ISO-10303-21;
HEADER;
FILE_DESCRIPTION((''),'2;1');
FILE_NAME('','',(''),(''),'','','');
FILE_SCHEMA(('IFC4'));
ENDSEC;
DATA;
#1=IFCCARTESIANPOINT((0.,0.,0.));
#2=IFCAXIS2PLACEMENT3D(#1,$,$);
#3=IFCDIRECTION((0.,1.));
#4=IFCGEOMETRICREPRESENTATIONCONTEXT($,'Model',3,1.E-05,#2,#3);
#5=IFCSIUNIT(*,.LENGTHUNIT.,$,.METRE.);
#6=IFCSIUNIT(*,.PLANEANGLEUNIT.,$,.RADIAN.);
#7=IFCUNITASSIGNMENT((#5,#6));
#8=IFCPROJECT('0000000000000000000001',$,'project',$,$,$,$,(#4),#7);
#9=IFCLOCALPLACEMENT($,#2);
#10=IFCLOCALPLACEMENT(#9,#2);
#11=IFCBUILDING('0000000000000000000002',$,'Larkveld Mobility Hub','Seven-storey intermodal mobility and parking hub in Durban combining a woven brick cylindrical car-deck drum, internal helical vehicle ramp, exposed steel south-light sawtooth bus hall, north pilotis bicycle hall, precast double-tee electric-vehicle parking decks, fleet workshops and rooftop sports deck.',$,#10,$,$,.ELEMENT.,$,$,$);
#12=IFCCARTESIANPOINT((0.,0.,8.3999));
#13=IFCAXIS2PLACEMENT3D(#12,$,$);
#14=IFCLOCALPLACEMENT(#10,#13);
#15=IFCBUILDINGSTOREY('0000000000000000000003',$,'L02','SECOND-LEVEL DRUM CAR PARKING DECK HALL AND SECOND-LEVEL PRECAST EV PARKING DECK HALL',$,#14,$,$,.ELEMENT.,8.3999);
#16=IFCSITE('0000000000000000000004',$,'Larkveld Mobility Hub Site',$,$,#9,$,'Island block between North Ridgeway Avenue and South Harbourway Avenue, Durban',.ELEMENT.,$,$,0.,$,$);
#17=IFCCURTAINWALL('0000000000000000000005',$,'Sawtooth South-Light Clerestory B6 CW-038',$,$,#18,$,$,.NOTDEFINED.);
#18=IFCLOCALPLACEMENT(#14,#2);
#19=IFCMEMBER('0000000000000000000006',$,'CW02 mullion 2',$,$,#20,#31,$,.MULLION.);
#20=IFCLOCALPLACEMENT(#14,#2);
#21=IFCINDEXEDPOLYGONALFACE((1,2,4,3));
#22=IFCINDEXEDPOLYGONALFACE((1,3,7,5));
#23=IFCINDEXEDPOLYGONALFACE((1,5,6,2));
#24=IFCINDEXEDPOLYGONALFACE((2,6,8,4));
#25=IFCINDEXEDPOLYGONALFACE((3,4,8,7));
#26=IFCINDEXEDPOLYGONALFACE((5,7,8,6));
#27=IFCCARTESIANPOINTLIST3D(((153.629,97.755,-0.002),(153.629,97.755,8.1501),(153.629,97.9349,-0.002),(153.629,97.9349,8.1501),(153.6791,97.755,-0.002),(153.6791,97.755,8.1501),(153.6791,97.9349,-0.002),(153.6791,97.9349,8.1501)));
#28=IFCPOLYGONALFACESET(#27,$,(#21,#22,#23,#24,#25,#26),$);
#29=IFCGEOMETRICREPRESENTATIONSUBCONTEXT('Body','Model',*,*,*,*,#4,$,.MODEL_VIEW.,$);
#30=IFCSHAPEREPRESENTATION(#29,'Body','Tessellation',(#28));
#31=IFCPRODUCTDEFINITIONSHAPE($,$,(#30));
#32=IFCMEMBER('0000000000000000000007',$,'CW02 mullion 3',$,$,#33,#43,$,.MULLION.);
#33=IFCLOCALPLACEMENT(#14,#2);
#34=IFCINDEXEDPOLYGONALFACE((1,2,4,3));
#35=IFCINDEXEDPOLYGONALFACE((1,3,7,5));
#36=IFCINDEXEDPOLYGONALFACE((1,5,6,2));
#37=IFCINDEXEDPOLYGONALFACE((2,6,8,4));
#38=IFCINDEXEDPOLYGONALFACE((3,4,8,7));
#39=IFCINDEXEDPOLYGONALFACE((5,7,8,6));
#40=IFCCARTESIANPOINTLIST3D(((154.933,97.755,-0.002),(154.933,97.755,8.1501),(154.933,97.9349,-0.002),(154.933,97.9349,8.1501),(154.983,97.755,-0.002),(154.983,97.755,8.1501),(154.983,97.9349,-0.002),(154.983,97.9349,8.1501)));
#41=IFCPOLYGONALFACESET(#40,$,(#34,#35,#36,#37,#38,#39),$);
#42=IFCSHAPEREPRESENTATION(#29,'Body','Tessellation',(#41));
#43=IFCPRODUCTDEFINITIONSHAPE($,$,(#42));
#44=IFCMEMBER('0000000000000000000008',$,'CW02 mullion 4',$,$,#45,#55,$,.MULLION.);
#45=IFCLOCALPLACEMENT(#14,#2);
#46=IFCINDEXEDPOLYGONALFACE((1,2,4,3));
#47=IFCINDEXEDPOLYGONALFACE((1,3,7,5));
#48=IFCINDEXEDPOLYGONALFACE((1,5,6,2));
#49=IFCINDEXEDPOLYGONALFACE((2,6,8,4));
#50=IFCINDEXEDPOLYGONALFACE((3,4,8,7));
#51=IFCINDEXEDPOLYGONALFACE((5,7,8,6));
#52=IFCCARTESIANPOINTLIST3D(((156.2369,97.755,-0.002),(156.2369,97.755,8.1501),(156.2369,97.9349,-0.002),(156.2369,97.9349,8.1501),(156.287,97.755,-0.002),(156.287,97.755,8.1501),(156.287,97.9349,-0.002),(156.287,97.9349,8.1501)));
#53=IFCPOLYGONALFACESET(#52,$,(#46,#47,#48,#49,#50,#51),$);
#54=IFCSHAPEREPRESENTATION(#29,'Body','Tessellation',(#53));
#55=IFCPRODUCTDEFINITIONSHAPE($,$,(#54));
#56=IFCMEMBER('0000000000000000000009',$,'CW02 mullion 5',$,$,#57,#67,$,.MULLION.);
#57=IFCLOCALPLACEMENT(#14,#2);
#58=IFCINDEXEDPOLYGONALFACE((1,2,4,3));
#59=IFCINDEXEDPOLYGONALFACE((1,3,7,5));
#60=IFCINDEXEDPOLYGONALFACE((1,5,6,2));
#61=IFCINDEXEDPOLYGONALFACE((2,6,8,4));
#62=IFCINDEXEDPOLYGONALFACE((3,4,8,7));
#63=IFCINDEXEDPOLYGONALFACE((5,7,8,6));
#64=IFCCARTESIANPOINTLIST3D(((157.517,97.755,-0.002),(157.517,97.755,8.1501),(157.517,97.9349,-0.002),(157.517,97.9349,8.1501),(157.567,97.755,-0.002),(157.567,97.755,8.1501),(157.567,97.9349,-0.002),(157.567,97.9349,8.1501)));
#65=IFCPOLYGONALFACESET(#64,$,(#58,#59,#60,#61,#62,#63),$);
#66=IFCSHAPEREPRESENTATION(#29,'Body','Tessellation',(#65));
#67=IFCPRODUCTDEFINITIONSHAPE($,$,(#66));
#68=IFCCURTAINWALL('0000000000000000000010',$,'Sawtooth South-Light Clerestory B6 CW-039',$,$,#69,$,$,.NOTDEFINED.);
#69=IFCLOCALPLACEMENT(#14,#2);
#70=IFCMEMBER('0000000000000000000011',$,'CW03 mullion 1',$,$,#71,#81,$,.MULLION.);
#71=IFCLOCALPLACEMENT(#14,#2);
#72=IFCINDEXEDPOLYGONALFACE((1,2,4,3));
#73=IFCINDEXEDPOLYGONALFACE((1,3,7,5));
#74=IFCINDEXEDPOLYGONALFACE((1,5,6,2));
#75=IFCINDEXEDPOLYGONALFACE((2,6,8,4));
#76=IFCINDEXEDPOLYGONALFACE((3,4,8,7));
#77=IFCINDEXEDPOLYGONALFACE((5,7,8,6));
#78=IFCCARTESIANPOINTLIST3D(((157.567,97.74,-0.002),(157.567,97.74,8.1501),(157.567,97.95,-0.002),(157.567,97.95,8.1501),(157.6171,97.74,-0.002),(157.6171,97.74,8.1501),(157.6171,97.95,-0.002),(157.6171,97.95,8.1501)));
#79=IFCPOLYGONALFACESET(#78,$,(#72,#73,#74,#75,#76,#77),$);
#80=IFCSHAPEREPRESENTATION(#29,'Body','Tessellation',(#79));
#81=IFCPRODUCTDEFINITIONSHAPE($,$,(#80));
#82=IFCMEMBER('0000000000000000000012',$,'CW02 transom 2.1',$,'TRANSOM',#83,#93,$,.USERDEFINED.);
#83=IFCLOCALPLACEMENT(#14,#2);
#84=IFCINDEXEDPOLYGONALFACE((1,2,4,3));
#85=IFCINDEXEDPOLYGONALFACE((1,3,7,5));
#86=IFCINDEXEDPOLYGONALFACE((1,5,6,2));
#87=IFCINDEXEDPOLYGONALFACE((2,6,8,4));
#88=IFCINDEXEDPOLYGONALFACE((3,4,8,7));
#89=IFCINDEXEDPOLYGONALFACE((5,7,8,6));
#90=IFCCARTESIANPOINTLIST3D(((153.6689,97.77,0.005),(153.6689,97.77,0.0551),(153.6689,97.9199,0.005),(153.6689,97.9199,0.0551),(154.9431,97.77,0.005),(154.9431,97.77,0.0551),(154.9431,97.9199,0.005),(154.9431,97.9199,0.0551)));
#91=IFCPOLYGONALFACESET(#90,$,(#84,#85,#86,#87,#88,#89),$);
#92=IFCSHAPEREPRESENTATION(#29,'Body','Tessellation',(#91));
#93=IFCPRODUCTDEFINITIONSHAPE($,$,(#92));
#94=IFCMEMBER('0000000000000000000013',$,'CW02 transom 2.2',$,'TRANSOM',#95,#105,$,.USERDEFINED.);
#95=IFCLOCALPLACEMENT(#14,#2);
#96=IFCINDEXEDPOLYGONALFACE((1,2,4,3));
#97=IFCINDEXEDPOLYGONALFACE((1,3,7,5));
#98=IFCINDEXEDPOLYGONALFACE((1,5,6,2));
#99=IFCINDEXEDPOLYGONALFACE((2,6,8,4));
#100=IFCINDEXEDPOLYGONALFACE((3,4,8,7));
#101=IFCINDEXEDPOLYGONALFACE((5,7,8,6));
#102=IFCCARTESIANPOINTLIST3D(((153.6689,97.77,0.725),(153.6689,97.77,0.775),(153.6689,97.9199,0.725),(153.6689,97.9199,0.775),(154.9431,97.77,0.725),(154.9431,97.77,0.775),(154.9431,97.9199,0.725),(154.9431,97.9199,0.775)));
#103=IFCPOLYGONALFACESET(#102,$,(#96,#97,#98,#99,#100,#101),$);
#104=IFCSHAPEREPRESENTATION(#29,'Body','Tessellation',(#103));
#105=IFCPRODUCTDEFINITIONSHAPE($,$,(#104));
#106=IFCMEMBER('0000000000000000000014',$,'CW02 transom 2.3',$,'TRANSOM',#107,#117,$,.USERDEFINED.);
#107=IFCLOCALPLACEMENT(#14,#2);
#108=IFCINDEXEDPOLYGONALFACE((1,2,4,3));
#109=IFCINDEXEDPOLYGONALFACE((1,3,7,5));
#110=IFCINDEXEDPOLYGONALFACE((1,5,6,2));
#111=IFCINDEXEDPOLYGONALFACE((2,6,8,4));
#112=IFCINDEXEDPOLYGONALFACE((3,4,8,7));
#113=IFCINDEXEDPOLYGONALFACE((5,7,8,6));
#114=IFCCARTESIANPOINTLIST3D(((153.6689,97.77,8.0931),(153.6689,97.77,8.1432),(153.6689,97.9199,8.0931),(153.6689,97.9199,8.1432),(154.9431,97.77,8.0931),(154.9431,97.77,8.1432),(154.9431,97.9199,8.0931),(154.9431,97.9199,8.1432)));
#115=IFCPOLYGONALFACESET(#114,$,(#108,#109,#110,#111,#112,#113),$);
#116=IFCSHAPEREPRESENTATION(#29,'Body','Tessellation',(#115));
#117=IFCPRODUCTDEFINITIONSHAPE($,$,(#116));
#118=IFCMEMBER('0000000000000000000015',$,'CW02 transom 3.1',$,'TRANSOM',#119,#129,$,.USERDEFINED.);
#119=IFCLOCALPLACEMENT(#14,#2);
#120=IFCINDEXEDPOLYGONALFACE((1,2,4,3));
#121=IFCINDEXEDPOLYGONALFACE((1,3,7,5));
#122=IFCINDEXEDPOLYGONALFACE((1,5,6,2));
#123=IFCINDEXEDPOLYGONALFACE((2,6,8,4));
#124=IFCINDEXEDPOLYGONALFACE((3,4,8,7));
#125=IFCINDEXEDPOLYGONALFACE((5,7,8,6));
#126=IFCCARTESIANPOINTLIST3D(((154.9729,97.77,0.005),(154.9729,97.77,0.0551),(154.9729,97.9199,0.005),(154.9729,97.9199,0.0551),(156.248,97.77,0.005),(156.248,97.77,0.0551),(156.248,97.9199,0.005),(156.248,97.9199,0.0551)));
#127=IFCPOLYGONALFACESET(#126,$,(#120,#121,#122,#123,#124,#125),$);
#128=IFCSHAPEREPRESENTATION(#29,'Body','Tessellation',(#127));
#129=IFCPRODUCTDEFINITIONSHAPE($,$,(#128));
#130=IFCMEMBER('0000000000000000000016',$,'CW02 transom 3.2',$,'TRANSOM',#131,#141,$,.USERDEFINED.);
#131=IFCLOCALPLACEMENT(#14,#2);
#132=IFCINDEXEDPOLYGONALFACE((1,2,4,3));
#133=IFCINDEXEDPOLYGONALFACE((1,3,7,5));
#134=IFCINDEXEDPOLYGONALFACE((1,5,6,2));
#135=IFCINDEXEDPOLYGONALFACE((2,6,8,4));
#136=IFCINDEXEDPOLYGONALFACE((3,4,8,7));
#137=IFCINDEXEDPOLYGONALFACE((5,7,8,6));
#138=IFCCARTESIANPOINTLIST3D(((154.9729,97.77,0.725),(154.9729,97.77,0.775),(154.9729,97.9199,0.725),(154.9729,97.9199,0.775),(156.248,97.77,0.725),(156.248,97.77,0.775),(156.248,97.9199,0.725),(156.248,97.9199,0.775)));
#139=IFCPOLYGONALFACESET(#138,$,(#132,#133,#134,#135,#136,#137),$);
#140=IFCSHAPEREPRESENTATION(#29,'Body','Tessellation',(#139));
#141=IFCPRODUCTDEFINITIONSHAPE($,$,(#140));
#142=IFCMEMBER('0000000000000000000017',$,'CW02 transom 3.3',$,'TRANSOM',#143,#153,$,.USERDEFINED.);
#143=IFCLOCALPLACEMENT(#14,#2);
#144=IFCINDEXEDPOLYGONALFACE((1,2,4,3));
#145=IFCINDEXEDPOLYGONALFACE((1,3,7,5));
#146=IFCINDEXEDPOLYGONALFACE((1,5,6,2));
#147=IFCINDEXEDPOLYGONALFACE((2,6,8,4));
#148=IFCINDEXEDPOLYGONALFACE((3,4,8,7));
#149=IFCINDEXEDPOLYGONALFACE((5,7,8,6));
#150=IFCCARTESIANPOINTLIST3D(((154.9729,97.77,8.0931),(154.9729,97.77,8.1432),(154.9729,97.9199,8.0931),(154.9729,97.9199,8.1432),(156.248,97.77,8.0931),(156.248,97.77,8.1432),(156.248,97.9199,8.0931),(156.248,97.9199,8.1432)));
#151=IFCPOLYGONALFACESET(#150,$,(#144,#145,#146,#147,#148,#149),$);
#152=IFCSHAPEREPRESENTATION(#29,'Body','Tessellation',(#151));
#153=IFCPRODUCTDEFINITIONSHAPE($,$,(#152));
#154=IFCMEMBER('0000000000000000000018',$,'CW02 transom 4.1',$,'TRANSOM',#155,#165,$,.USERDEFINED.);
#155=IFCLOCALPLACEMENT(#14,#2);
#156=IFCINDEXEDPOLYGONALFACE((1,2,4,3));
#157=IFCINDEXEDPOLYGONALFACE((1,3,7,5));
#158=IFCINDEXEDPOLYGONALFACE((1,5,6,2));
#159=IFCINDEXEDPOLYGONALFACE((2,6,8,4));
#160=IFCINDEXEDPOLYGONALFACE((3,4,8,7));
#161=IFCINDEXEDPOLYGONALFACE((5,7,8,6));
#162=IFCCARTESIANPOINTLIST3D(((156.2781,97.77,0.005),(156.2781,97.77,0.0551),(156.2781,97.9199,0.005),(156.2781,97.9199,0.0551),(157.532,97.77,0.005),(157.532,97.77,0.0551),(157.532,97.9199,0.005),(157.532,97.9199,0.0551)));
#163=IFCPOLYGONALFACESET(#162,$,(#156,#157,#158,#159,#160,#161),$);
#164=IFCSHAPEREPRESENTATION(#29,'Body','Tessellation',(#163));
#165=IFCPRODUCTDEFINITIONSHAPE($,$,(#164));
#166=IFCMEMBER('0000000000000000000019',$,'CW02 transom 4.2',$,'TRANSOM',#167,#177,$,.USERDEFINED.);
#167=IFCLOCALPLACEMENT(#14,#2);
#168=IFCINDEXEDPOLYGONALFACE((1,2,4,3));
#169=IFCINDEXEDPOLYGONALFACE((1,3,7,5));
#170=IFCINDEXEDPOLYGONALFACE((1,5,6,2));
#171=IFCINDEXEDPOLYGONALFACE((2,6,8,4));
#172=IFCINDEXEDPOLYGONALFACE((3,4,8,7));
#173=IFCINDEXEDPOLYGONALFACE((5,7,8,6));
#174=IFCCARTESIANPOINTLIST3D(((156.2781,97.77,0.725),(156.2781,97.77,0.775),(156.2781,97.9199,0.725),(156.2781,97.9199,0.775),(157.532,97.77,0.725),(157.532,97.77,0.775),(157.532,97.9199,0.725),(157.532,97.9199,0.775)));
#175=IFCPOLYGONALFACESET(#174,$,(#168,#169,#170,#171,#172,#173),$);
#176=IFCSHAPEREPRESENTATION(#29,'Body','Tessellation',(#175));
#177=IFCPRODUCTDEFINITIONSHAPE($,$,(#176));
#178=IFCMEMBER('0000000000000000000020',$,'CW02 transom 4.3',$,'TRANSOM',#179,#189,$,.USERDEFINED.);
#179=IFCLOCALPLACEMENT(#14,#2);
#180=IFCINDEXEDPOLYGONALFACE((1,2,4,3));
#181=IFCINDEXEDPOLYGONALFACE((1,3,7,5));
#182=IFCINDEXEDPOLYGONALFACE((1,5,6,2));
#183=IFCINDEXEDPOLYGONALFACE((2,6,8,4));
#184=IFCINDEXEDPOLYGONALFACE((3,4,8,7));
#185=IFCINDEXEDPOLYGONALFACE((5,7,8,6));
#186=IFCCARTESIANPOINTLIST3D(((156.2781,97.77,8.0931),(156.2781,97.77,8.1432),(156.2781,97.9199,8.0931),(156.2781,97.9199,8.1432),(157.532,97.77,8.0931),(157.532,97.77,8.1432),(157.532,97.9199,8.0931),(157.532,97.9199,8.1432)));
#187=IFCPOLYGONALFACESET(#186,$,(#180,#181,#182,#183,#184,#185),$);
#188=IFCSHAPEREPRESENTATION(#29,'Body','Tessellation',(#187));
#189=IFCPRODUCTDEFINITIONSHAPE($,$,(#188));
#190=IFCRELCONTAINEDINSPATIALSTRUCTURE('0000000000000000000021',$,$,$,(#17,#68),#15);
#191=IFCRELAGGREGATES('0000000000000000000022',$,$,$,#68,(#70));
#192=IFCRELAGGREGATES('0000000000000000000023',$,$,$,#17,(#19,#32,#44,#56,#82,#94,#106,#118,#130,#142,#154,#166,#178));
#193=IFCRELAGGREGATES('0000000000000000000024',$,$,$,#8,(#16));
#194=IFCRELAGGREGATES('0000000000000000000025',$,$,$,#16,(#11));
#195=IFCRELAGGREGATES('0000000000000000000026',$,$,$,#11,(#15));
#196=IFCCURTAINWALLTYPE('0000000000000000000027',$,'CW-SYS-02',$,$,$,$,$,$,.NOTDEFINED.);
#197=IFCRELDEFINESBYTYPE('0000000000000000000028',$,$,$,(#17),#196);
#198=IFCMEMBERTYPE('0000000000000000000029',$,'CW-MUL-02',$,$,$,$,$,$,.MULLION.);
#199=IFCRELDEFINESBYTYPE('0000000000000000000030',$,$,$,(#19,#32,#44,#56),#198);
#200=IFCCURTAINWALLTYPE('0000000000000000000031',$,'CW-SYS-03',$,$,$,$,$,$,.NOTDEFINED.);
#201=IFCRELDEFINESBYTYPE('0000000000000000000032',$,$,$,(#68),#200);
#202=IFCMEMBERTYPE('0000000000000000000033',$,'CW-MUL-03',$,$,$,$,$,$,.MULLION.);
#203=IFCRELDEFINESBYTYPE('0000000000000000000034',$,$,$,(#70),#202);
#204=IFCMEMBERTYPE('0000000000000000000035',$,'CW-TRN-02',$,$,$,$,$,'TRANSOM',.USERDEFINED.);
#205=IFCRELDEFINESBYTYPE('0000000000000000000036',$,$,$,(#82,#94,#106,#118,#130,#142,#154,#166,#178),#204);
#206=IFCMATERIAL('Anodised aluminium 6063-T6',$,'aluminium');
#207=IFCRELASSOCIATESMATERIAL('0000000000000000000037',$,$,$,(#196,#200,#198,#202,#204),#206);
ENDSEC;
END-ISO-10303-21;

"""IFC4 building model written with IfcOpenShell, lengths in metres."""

from ifc_helpers import new_model, si_unit, direction, frame, origin, origin_2d, place, context, subcontext, project, spatial, rectangle, extrude, material, material_profile, profile_set, type_object, element, aggregate, save


model = new_model("IFC4")

# Units and contexts
model_context = context("Model", 3, precision=1e-05, world=origin(), true_north=direction((0.0, 1.0)))
body_context = subcontext(model_context, "Body", "Model", "MODEL_VIEW")
ifc_project = project(units=[si_unit("LENGTHUNIT", "METRE"), si_unit("PLANEANGLEUNIT", "RADIAN")], contexts=[model_context])

# Site, building, storey
site_placement = place(None, origin())
site = spatial("IfcSite", under=ifc_project, at=site_placement, Name="Larkveld Mobility Hub Site", LongName="Island block between North Ridgeway Avenue and South Harbourway Avenue, Durban", CompositionType="ELEMENT", RefElevation=0.0)
building_placement = place(site_placement, origin())
building = spatial("IfcBuilding", under=site, at=building_placement, Name="Larkveld Mobility Hub", Description="Seven-storey intermodal mobility and parking hub in Durban combining a woven brick cylindrical car-deck drum, internal helical vehicle ramp, exposed steel south-light sawtooth bus hall, north pilotis bicycle hall, precast double-tee electric-vehicle parking decks, fleet workshops and rooftop sports deck.", CompositionType="ELEMENT")
storey_placement = place(building_placement, frame((0.0, 0.0, 8.3999)))
storey = spatial("IfcBuildingStorey", under=building, at=storey_placement, Name="L02", Description="SECOND-LEVEL DRUM CAR PARKING DECK HALL AND SECOND-LEVEL PRECAST EV PARKING DECK HALL", CompositionType="ELEMENT", Elevation=8.3999)

# Curtain wall, members
ifc_material_1 = material(Name="Anodised aluminium 6063-T6", Category="aluminium")
curtain_wall_type_1 = type_object("IfcCurtainWallType", Name="CW-SYS-02", PredefinedType="NOTDEFINED", material=ifc_material_1)
curtain_wall_1_placement = place(storey_placement, origin())
curtain_wall_1 = element("IfcCurtainWall", 1, at=curtain_wall_1_placement, inside=storey, type_object=curtain_wall_type_1, Name="Sawtooth South-Light Clerestory B6 CW-038", PredefinedType="NOTDEFINED")
ifc_material_profile_1 = material_profile(ifc_material_1, rectangle(XDim=0.05, YDim=0.1799, at=origin_2d()), Name="ALU MULL 50x180")
ifc_profile_set_1 = profile_set([ifc_material_profile_1], Name="Anodised aluminium 6063-T6")
member_type_1 = type_object("IfcMemberType", Name="CW-MUL-02", PredefinedType="MULLION", material=ifc_profile_set_1)
member_1_placement = place(storey_placement, frame((153.6541, 97.845, -0.002), z_axis=(0.0, 0.0, 1.0), x_axis=(1.0, 0.0, 0.0)))
member_1 = element("IfcMember", 2, at=member_1_placement, type_object=member_type_1, Name="CW02 mullion 2", PredefinedType="MULLION", context=body_context, shape_type="SweptSolid", body=[
    extrude(rectangle(XDim=0.05, YDim=0.1799, at=origin_2d()), origin(), (0.0, 0.0, 1.0), 8.1521),
])
member_2_placement = place(storey_placement, frame((154.958, 97.845, -0.002), z_axis=(0.0, 0.0, 1.0), x_axis=(1.0, 0.0, 0.0)))
member_2 = element("IfcMember", 3, at=member_2_placement, type_object=member_type_1, Name="CW02 mullion 3", PredefinedType="MULLION", context=body_context, shape_type="SweptSolid", body=[
    extrude(rectangle(XDim=0.05, YDim=0.1799, at=origin_2d()), origin(), (0.0, 0.0, 1.0), 8.1521),
])
member_3_placement = place(storey_placement, frame((156.262, 97.845, -0.002), z_axis=(0.0, 0.0, 1.0), x_axis=(1.0, 0.0, 0.0)))
member_3 = element("IfcMember", 4, at=member_3_placement, type_object=member_type_1, Name="CW02 mullion 4", PredefinedType="MULLION", context=body_context, shape_type="SweptSolid", body=[
    extrude(rectangle(XDim=0.05, YDim=0.1799, at=origin_2d()), origin(), (0.0, 0.0, 1.0), 8.1521),
])
member_4_placement = place(storey_placement, frame((157.542, 97.845, -0.002), z_axis=(0.0, 0.0, 1.0), x_axis=(1.0, 0.0, 0.0)))
member_4 = element("IfcMember", 5, at=member_4_placement, type_object=member_type_1, Name="CW02 mullion 5", PredefinedType="MULLION", context=body_context, shape_type="SweptSolid", body=[
    extrude(rectangle(XDim=0.05, YDim=0.1799, at=origin_2d()), origin(), (0.0, 0.0, 1.0), 8.1521),
])

# Curtain wall, member
curtain_wall_type_2 = type_object("IfcCurtainWallType", Name="CW-SYS-03", PredefinedType="NOTDEFINED", material=ifc_material_1)
curtain_wall_2_placement = place(storey_placement, origin())
curtain_wall_2 = element("IfcCurtainWall", 6, at=curtain_wall_2_placement, inside=storey, type_object=curtain_wall_type_2, Name="Sawtooth South-Light Clerestory B6 CW-039", PredefinedType="NOTDEFINED")
ifc_material_profile_2 = material_profile(ifc_material_1, rectangle(XDim=0.05, YDim=0.21, at=origin_2d()), Name="ALU MULL 50x210")
ifc_profile_set_2 = profile_set([ifc_material_profile_2], Name="Anodised aluminium 6063-T6")
member_type_2 = type_object("IfcMemberType", Name="CW-MUL-03", PredefinedType="MULLION", material=ifc_profile_set_2)
member_5_placement = place(storey_placement, frame((157.592, 97.845, -0.002), z_axis=(0.0, 0.0, 1.0), x_axis=(1.0, 0.0, 0.0)))
member_5 = element("IfcMember", 7, at=member_5_placement, type_object=member_type_2, Name="CW03 mullion 1", PredefinedType="MULLION", context=body_context, shape_type="SweptSolid", body=[
    extrude(rectangle(XDim=0.05, YDim=0.21, at=origin_2d()), origin(), (0.0, 0.0, 1.0), 8.1521),
])

# Members
ifc_material_profile_3 = material_profile(ifc_material_1, rectangle(XDim=0.1499, YDim=0.05, at=origin_2d()), Name="ALU TRAN 50x150")
ifc_profile_set_3 = profile_set([ifc_material_profile_3], Name="Anodised aluminium 6063-T6")
member_type_3 = type_object("IfcMemberType", Name="CW-TRN-02", ElementType="TRANSOM", PredefinedType="USERDEFINED", material=ifc_profile_set_3)
member_6_placement = place(storey_placement, frame((153.6689, 97.845, 0.03), z_axis=(1.0, 0.0, 0.0), x_axis=(0.0, 1.0, 0.0)))
member_6 = element("IfcMember", 8, at=member_6_placement, type_object=member_type_3, Name="CW02 transom 2.1", ObjectType="TRANSOM", PredefinedType="USERDEFINED", context=body_context, shape_type="SweptSolid", body=[
    extrude(rectangle(XDim=0.1499, YDim=0.05, at=origin_2d()), origin(), (0.0, 0.0, 1.0), 1.2742),
])
member_7_placement = place(storey_placement, frame((153.6689, 97.845, 0.75), z_axis=(1.0, 0.0, 0.0), x_axis=(0.0, 1.0, 0.0)))
member_7 = element("IfcMember", 9, at=member_7_placement, type_object=member_type_3, Name="CW02 transom 2.2", ObjectType="TRANSOM", PredefinedType="USERDEFINED", context=body_context, shape_type="SweptSolid", body=[
    extrude(rectangle(XDim=0.1499, YDim=0.05, at=origin_2d()), origin(), (0.0, 0.0, 1.0), 1.2742),
])
member_8_placement = place(storey_placement, frame((153.6689, 97.845, 8.1182), z_axis=(1.0, 0.0, 0.0), x_axis=(0.0, 1.0, 0.0)))
member_8 = element("IfcMember", 10, at=member_8_placement, type_object=member_type_3, Name="CW02 transom 2.3", ObjectType="TRANSOM", PredefinedType="USERDEFINED", context=body_context, shape_type="SweptSolid", body=[
    extrude(rectangle(XDim=0.1499, YDim=0.05, at=origin_2d()), origin(), (0.0, 0.0, 1.0), 1.2742),
])
member_9_placement = place(storey_placement, frame((154.9729, 97.845, 0.03), z_axis=(1.0, 0.0, 0.0), x_axis=(0.0, 1.0, 0.0)))
member_9 = element("IfcMember", 11, at=member_9_placement, type_object=member_type_3, Name="CW02 transom 3.1", ObjectType="TRANSOM", PredefinedType="USERDEFINED", context=body_context, shape_type="SweptSolid", body=[
    extrude(rectangle(XDim=0.1499, YDim=0.05, at=origin_2d()), origin(), (0.0, 0.0, 1.0), 1.2751),
])
member_10_placement = place(storey_placement, frame((154.9729, 97.845, 0.75), z_axis=(1.0, 0.0, 0.0), x_axis=(0.0, 1.0, 0.0)))
member_10 = element("IfcMember", 12, at=member_10_placement, type_object=member_type_3, Name="CW02 transom 3.2", ObjectType="TRANSOM", PredefinedType="USERDEFINED", context=body_context, shape_type="SweptSolid", body=[
    extrude(rectangle(XDim=0.1499, YDim=0.05, at=origin_2d()), origin(), (0.0, 0.0, 1.0), 1.2751),
])
member_11_placement = place(storey_placement, frame((154.9729, 97.845, 8.1182), z_axis=(1.0, 0.0, 0.0), x_axis=(0.0, 1.0, 0.0)))
member_11 = element("IfcMember", 13, at=member_11_placement, type_object=member_type_3, Name="CW02 transom 3.3", ObjectType="TRANSOM", PredefinedType="USERDEFINED", context=body_context, shape_type="SweptSolid", body=[
    extrude(rectangle(XDim=0.1499, YDim=0.05, at=origin_2d()), origin(), (0.0, 0.0, 1.0), 1.2751),
])
member_12_placement = place(storey_placement, frame((156.2781, 97.845, 0.03), z_axis=(1.0, 0.0, 0.0), x_axis=(0.0, 1.0, 0.0)))
member_12 = element("IfcMember", 14, at=member_12_placement, type_object=member_type_3, Name="CW02 transom 4.1", ObjectType="TRANSOM", PredefinedType="USERDEFINED", context=body_context, shape_type="SweptSolid", body=[
    extrude(rectangle(XDim=0.1499, YDim=0.05, at=origin_2d()), origin(), (0.0, 0.0, 1.0), 1.2539),
])
member_13_placement = place(storey_placement, frame((156.2781, 97.845, 0.75), z_axis=(1.0, 0.0, 0.0), x_axis=(0.0, 1.0, 0.0)))
member_13 = element("IfcMember", 15, at=member_13_placement, type_object=member_type_3, Name="CW02 transom 4.2", ObjectType="TRANSOM", PredefinedType="USERDEFINED", context=body_context, shape_type="SweptSolid", body=[
    extrude(rectangle(XDim=0.1499, YDim=0.05, at=origin_2d()), origin(), (0.0, 0.0, 1.0), 1.2539),
])
member_14_placement = place(storey_placement, frame((156.2781, 97.845, 8.1182), z_axis=(1.0, 0.0, 0.0), x_axis=(0.0, 1.0, 0.0)))
member_14 = element("IfcMember", 16, at=member_14_placement, type_object=member_type_3, Name="CW02 transom 4.3", ObjectType="TRANSOM", PredefinedType="USERDEFINED", context=body_context, shape_type="SweptSolid", body=[
    extrude(rectangle(XDim=0.1499, YDim=0.05, at=origin_2d()), origin(), (0.0, 0.0, 1.0), 1.2539),
])
aggregate(curtain_wall_2, [member_5])

aggregate(curtain_wall_1, [member_1, member_2, member_3, member_4, member_6, member_7, member_8, member_9, member_10, member_11, member_12, member_13, member_14])

save(model, "model.ifc")
